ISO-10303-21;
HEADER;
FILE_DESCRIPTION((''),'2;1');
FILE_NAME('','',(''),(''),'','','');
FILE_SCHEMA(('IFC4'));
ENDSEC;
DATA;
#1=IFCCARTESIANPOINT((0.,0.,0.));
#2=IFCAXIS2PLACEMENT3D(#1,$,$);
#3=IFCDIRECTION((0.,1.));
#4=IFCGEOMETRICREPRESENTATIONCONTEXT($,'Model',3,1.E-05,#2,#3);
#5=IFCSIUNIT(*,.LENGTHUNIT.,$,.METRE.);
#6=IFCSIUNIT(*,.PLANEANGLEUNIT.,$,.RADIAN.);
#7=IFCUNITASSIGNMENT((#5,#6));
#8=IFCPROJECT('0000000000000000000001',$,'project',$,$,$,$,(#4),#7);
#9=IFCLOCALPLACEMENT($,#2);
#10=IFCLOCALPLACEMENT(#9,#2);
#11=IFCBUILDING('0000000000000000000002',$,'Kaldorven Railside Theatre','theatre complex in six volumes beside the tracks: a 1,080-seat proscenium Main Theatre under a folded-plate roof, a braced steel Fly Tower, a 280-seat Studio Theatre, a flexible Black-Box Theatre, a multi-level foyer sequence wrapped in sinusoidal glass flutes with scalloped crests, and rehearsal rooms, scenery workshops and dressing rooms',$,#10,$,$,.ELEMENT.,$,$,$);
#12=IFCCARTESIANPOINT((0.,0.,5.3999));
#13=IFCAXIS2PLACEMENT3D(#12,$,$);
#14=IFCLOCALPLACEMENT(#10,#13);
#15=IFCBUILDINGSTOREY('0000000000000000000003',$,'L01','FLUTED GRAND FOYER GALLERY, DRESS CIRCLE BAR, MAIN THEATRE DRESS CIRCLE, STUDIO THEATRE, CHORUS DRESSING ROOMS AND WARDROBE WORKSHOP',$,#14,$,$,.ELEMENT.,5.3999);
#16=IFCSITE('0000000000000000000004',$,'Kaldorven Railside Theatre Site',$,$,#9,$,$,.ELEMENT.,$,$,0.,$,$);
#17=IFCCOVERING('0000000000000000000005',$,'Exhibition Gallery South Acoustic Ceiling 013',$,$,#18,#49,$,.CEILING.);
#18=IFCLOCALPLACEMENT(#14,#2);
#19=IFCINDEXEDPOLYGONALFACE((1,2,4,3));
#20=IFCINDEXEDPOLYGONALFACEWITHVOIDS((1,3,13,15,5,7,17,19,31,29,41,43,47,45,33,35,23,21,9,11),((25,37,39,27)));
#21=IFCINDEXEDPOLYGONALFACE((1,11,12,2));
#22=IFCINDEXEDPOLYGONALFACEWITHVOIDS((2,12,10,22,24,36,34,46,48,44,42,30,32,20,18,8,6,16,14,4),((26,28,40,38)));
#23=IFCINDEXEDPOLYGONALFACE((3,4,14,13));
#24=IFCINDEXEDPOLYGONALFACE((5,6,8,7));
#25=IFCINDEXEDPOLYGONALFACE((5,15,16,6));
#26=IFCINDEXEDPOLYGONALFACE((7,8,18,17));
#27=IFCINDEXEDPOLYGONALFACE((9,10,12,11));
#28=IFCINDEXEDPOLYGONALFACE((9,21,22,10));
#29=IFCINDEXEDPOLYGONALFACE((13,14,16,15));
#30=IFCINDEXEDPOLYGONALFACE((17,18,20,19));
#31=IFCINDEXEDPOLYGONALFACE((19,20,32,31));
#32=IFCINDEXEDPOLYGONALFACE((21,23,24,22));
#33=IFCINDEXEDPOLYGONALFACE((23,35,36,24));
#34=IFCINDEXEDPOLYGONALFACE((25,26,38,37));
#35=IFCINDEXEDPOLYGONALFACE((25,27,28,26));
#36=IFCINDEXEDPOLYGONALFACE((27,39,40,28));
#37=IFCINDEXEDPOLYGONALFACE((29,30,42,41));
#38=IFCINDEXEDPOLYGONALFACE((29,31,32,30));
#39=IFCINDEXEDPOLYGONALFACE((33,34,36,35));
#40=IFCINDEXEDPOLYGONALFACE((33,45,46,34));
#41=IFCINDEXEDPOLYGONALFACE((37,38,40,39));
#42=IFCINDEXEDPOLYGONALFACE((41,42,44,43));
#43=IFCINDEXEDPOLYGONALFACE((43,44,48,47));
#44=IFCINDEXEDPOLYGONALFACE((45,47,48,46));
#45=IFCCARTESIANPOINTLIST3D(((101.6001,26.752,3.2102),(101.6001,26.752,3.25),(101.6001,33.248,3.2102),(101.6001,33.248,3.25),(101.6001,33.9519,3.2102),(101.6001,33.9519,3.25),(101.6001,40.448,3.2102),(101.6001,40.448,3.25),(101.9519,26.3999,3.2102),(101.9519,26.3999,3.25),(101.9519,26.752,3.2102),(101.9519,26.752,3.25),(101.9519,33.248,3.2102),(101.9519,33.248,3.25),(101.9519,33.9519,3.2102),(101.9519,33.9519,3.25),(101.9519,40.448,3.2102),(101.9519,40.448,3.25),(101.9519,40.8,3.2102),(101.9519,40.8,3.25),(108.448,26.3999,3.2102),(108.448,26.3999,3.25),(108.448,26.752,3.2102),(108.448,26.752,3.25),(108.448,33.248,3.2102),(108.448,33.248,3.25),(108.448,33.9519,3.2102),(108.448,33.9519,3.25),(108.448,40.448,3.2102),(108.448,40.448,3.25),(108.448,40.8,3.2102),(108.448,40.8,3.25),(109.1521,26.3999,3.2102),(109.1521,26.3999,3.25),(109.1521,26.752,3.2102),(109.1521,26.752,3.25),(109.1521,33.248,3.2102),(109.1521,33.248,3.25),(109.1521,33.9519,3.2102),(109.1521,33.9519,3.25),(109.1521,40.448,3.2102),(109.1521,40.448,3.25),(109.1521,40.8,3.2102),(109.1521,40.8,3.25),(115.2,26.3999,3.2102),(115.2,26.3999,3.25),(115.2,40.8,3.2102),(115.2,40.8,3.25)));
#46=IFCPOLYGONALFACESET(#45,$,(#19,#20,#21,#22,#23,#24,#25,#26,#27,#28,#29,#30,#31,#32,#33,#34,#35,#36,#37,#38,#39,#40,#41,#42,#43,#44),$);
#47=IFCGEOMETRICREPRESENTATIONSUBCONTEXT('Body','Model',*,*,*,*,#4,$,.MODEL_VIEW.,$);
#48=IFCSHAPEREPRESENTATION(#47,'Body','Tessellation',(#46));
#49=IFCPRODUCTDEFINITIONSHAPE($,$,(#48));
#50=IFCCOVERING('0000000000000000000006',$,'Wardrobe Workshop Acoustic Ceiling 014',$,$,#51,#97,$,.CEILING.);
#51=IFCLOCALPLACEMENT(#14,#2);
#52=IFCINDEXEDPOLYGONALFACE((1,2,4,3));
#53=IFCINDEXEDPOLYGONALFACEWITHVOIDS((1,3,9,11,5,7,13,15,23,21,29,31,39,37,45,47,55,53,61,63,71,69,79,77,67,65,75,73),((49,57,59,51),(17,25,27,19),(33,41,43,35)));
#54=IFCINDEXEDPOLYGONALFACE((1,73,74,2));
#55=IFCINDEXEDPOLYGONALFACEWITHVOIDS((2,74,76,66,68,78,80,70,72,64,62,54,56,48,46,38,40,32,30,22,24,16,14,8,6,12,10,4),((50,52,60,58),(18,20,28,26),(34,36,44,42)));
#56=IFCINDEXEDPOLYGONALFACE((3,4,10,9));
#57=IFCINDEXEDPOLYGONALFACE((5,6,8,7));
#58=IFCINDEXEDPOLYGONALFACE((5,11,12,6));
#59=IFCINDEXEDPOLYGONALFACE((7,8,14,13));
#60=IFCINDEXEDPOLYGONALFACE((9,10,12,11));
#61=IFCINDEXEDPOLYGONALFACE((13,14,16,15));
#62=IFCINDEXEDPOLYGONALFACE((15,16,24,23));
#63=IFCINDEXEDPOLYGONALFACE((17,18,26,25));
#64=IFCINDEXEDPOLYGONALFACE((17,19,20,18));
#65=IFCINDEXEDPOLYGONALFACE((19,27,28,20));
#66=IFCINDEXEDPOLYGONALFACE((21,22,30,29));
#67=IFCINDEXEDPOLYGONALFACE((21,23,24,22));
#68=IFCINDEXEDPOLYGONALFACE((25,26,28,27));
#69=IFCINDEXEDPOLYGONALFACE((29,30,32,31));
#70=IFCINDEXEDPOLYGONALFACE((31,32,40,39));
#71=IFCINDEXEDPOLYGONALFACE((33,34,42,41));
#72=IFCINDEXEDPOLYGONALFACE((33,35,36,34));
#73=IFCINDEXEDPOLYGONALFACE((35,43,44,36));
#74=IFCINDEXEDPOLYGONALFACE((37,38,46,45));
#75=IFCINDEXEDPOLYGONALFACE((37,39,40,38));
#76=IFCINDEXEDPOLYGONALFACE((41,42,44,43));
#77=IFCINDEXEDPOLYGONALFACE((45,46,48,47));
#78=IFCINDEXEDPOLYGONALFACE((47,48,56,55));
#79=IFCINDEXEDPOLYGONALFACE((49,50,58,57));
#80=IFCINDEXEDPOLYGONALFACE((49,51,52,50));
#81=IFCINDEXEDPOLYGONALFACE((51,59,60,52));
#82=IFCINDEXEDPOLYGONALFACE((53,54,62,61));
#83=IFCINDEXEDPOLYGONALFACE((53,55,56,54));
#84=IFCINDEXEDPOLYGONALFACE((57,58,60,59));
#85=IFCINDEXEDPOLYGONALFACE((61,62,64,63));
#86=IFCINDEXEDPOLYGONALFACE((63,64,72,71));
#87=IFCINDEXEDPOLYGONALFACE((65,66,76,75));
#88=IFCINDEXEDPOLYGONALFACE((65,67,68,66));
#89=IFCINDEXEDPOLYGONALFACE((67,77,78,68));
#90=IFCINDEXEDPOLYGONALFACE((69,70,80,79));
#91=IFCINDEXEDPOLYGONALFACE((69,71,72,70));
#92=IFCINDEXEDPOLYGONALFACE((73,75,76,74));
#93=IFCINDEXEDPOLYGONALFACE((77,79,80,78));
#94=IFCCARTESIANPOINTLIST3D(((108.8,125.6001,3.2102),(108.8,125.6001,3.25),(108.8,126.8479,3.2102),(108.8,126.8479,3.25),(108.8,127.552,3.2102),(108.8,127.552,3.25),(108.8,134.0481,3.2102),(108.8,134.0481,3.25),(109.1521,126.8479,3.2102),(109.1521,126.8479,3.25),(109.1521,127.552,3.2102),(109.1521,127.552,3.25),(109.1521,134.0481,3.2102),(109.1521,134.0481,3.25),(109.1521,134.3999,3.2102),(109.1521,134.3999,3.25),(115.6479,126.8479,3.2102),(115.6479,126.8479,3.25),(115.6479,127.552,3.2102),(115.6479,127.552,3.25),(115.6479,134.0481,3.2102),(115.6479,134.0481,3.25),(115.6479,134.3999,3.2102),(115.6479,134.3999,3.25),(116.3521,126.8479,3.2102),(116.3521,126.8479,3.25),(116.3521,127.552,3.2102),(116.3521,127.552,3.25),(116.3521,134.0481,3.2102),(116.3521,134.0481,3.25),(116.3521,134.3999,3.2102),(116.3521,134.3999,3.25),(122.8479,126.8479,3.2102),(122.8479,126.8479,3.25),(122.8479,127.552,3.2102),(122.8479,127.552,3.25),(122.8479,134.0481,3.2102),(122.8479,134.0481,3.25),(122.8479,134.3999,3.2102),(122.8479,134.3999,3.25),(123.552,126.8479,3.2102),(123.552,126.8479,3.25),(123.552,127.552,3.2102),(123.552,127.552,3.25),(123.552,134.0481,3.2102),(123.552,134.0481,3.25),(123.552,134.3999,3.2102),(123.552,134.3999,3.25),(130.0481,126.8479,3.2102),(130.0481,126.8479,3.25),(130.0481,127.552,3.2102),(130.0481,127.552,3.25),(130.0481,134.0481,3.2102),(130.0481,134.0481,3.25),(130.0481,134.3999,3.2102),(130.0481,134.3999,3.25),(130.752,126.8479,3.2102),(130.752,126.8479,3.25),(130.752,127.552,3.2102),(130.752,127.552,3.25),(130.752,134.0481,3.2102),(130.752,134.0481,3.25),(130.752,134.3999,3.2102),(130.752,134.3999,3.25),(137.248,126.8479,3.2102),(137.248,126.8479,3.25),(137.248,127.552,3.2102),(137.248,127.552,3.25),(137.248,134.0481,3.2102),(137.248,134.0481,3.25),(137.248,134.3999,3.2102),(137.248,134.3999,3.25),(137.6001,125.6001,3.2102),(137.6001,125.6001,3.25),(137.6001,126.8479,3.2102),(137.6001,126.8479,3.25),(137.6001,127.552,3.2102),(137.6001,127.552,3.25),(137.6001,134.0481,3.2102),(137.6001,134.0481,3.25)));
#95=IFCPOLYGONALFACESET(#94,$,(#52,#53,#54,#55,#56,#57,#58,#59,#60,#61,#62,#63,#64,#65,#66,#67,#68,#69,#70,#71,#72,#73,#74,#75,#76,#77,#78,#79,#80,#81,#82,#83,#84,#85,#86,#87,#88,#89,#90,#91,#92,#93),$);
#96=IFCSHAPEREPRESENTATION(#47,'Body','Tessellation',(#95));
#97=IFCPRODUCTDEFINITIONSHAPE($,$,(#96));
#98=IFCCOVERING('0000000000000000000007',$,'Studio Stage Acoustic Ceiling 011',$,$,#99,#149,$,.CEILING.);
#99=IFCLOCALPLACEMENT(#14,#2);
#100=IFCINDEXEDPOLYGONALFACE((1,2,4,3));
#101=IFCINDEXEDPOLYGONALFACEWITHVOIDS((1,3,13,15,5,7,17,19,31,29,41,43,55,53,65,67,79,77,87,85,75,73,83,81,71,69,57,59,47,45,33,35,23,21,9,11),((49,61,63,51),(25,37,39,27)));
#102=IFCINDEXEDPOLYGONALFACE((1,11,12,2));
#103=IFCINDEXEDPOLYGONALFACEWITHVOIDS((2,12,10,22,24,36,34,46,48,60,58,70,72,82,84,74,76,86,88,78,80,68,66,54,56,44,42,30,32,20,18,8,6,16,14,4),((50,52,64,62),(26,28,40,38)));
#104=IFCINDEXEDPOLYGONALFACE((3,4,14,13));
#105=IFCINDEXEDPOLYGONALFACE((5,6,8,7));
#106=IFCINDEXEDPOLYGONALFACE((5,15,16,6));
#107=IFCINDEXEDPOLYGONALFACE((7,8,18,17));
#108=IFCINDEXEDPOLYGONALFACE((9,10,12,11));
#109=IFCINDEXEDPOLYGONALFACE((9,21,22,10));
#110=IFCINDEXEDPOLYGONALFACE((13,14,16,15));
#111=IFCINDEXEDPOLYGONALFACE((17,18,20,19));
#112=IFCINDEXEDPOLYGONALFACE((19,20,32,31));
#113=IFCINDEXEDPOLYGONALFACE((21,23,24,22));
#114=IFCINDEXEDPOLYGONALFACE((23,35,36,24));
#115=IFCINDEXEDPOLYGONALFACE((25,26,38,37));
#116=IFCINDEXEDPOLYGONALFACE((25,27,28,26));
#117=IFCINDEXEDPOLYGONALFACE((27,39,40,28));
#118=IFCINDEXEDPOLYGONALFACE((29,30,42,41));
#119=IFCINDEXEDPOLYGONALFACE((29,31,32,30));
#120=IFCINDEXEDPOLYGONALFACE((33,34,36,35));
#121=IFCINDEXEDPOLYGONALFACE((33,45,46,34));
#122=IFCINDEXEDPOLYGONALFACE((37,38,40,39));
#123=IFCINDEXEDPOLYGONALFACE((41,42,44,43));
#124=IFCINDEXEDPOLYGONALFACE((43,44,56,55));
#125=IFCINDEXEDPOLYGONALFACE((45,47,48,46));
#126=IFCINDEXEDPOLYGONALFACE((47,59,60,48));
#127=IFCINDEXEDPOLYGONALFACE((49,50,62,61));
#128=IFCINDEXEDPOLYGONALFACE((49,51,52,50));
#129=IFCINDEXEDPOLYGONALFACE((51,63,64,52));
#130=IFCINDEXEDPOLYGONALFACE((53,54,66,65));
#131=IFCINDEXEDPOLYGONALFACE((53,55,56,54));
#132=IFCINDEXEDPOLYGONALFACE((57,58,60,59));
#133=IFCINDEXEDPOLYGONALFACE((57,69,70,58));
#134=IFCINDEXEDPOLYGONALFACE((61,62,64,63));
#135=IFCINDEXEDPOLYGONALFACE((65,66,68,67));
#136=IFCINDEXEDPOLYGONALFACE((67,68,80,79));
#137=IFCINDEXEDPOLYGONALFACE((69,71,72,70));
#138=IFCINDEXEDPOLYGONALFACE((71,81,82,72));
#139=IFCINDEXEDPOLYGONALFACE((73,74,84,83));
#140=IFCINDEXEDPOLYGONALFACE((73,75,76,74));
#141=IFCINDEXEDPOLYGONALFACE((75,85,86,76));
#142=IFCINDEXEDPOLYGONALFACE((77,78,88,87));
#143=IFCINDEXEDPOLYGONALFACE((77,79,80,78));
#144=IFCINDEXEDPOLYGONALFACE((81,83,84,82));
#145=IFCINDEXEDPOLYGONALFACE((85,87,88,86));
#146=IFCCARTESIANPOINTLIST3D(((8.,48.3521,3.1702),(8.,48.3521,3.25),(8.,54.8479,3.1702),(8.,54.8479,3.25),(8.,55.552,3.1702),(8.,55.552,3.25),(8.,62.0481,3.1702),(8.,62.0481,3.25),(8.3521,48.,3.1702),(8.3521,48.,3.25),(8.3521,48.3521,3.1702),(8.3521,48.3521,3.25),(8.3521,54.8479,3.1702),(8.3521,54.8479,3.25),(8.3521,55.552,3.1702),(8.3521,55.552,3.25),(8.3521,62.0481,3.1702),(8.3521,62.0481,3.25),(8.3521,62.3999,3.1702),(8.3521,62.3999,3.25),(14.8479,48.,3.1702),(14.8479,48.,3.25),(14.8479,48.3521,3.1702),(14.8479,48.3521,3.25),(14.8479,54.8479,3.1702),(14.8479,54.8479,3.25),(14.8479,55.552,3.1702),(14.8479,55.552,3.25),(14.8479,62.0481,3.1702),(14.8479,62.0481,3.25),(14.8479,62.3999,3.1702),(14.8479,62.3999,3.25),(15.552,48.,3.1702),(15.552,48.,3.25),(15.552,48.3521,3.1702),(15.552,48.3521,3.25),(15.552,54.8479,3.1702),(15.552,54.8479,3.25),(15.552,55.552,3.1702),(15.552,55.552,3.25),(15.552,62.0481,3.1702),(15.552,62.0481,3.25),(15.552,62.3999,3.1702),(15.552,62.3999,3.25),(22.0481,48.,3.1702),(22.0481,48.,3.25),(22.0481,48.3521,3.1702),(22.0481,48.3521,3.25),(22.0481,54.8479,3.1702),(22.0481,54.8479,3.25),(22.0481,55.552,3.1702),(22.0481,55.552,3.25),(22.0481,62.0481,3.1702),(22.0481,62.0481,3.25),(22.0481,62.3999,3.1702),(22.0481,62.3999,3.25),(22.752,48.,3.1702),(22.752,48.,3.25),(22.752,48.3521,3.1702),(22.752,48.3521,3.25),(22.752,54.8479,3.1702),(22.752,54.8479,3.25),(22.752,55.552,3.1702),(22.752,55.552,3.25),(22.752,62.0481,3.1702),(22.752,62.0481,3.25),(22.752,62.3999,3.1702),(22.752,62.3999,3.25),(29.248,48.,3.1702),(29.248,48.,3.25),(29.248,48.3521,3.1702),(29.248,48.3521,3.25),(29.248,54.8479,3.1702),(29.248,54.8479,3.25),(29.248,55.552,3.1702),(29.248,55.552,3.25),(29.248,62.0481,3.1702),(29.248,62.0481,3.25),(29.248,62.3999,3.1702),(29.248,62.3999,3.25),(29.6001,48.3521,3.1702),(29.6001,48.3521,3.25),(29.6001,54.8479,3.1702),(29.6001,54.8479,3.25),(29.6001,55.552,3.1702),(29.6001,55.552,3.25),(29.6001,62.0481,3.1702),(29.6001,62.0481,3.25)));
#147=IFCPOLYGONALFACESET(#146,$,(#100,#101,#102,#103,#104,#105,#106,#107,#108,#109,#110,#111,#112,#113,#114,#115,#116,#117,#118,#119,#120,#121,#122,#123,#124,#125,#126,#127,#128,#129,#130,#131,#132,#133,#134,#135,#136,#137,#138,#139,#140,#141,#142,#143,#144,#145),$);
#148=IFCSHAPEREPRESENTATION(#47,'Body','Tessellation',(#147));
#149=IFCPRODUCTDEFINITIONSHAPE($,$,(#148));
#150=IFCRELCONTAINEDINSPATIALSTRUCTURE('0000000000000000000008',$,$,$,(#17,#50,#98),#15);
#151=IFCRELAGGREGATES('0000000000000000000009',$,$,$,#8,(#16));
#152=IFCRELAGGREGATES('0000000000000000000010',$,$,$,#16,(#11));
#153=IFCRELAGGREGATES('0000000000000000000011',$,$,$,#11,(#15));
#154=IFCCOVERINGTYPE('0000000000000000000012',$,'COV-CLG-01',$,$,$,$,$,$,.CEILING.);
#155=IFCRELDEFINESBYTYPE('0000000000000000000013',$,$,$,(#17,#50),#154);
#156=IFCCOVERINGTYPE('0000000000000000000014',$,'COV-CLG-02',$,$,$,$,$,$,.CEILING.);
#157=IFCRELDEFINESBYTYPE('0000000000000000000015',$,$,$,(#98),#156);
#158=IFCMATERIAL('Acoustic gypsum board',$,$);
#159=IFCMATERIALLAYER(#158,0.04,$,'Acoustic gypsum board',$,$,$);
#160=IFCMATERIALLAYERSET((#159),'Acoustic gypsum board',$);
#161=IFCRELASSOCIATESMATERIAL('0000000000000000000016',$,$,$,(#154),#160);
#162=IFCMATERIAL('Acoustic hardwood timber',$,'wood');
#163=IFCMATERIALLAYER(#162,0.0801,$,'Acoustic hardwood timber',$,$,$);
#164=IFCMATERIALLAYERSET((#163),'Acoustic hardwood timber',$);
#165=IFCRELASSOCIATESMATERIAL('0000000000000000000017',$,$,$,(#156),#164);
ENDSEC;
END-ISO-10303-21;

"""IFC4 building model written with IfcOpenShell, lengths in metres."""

from ifc_helpers import new_model, si_unit, direction, frame, origin, place, context, subcontext, project, spatial, polyline, outline, extrude, material, layer, layer_set, type_object, element, save


model = new_model("IFC4")

# Units and contexts
model_context = context("Model", 3, precision=1e-05, world=origin(), true_north=direction((0.0, 1.0)))
body_context = subcontext(model_context, "Body", "Model", "MODEL_VIEW")
ifc_project = project(units=[si_unit("LENGTHUNIT", "METRE"), si_unit("PLANEANGLEUNIT", "RADIAN")], contexts=[model_context])

# Site, building, storey
site_placement = place(None, origin())
site = spatial("IfcSite", under=ifc_project, at=site_placement, Name="Kaldorven Railside Theatre Site", CompositionType="ELEMENT", RefElevation=0.0)
building_placement = place(site_placement, origin())
building = spatial("IfcBuilding", under=site, at=building_placement, Name="Kaldorven Railside Theatre", Description="theatre complex in six volumes beside the tracks: a 1,080-seat proscenium Main Theatre under a folded-plate roof, a braced steel Fly Tower, a 280-seat Studio Theatre, a flexible Black-Box Theatre, a multi-level foyer sequence wrapped in sinusoidal glass flutes with scalloped crests, and rehearsal rooms, scenery workshops and dressing rooms", CompositionType="ELEMENT")
storey_placement = place(building_placement, frame((0.0, 0.0, 5.3999)))
storey = spatial("IfcBuildingStorey", under=building, at=storey_placement, Name="L01", Description="FLUTED GRAND FOYER GALLERY, DRESS CIRCLE BAR, MAIN THEATRE DRESS CIRCLE, STUDIO THEATRE, CHORUS DRESSING ROOMS AND WARDROBE WORKSHOP", CompositionType="ELEMENT", Elevation=5.3999)

# Coverings
ifc_material_1 = material(Name="Acoustic gypsum board")
ifc_layer_1 = layer(ifc_material_1, 0.04, Name="Acoustic gypsum board")
ifc_layer_set_1 = layer_set([ifc_layer_1], Name="Acoustic gypsum board")
covering_type_1 = type_object("IfcCoveringType", Name="COV-CLG-01", PredefinedType="CEILING", material=ifc_layer_set_1)
covering_1_placement = place(storey_placement, frame((0.0, 0.0, 3.2102)))
element("IfcCovering", 1, at=covering_1_placement, inside=storey, type_object=covering_type_1, Name="Exhibition Gallery South Acoustic Ceiling 013", PredefinedType="CEILING", context=body_context, shape_type="SweptSolid", body=[
    extrude(outline(polyline([(115.2, 40.8), (115.2, 26.3999), (109.1521, 26.3999), (109.1521, 26.752), (108.448, 26.752), (108.448, 26.3999), (101.9519, 26.3999), (101.9519, 26.752), (101.6001, 26.752), (101.6001, 33.248), (101.9519, 33.248), (101.9519, 33.9519), (101.6001, 33.9519), (101.6001, 40.448), (101.9519, 40.448), (101.9519, 40.8), (108.448, 40.8), (108.448, 40.448), (109.1521, 40.448), (109.1521, 40.8), (115.2, 40.8)]), holes=[polyline([(109.1521, 33.9519), (108.448, 33.9519), (108.448, 33.248), (109.1521, 33.248), (109.1521, 33.9519)])]), origin(), (0.0, 0.0, 1.0), 0.0398),
])
covering_2_placement = place(storey_placement, frame((0.0, 0.0, 3.2102)))
element("IfcCovering", 2, at=covering_2_placement, inside=storey, type_object=covering_type_1, Name="Wardrobe Workshop Acoustic Ceiling 014", PredefinedType="CEILING", context=body_context, shape_type="SweptSolid", body=[
    extrude(outline(polyline([(137.6001, 125.6001), (108.8, 125.6001), (108.8, 126.8479), (109.1521, 126.8479), (109.1521, 127.552), (108.8, 127.552), (108.8, 134.0481), (109.1521, 134.0481), (109.1521, 134.3999), (115.6479, 134.3999), (115.6479, 134.0481), (116.3521, 134.0481), (116.3521, 134.3999), (122.8479, 134.3999), (122.8479, 134.0481), (123.552, 134.0481), (123.552, 134.3999), (130.0481, 134.3999), (130.0481, 134.0481), (130.752, 134.0481), (130.752, 134.3999), (137.248, 134.3999), (137.248, 134.0481), (137.6001, 134.0481), (137.6001, 127.552), (137.248, 127.552), (137.248, 126.8479), (137.6001, 126.8479), (137.6001, 125.6001)]), holes=[polyline([(123.552, 127.552), (122.8479, 127.552), (122.8479, 126.8479), (123.552, 126.8479), (123.552, 127.552)]), polyline([(116.3521, 127.552), (115.6479, 127.552), (115.6479, 126.8479), (116.3521, 126.8479), (116.3521, 127.552)]), polyline([(130.752, 127.552), (130.0481, 127.552), (130.0481, 126.8479), (130.752, 126.8479), (130.752, 127.552)])]), origin(), (0.0, 0.0, 1.0), 0.0398),
])
ifc_material_2 = material(Name="Acoustic hardwood timber", Category="wood")
ifc_layer_2 = layer(ifc_material_2, 0.0801, Name="Acoustic hardwood timber")
ifc_layer_set_2 = layer_set([ifc_layer_2], Name="Acoustic hardwood timber")
covering_type_2 = type_object("IfcCoveringType", Name="COV-CLG-02", PredefinedType="CEILING", material=ifc_layer_set_2)
covering_3_placement = place(storey_placement, frame((0.0, 0.0, 3.1702)))
element("IfcCovering", 3, at=covering_3_placement, inside=storey, type_object=covering_type_2, Name="Studio Stage Acoustic Ceiling 011", PredefinedType="CEILING", context=body_context, shape_type="SweptSolid", body=[
    extrude(outline(polyline([(29.6001, 48.3521), (29.248, 48.3521), (29.248, 48.0), (22.752, 48.0), (22.752, 48.3521), (22.0481, 48.3521), (22.0481, 48.0), (15.552, 48.0), (15.552, 48.3521), (14.8479, 48.3521), (14.8479, 48.0), (8.3521, 48.0), (8.3521, 48.3521), (8.0, 48.3521), (8.0, 54.8479), (8.3521, 54.8479), (8.3521, 55.552), (8.0, 55.552), (8.0, 62.0481), (8.3521, 62.0481), (8.3521, 62.3999), (14.8479, 62.3999), (14.8479, 62.0481), (15.552, 62.0481), (15.552, 62.3999), (22.0481, 62.3999), (22.0481, 62.0481), (22.752, 62.0481), (22.752, 62.3999), (29.248, 62.3999), (29.248, 62.0481), (29.6001, 62.0481), (29.6001, 55.552), (29.248, 55.552), (29.248, 54.8479), (29.6001, 54.8479), (29.6001, 48.3521)]), holes=[polyline([(22.752, 55.552), (22.0481, 55.552), (22.0481, 54.8479), (22.752, 54.8479), (22.752, 55.552)]), polyline([(15.552, 55.552), (14.8479, 55.552), (14.8479, 54.8479), (15.552, 54.8479), (15.552, 55.552)])]), origin(), (0.0, 0.0, 1.0), 0.0798),
])

save(model, "model.ifc")
